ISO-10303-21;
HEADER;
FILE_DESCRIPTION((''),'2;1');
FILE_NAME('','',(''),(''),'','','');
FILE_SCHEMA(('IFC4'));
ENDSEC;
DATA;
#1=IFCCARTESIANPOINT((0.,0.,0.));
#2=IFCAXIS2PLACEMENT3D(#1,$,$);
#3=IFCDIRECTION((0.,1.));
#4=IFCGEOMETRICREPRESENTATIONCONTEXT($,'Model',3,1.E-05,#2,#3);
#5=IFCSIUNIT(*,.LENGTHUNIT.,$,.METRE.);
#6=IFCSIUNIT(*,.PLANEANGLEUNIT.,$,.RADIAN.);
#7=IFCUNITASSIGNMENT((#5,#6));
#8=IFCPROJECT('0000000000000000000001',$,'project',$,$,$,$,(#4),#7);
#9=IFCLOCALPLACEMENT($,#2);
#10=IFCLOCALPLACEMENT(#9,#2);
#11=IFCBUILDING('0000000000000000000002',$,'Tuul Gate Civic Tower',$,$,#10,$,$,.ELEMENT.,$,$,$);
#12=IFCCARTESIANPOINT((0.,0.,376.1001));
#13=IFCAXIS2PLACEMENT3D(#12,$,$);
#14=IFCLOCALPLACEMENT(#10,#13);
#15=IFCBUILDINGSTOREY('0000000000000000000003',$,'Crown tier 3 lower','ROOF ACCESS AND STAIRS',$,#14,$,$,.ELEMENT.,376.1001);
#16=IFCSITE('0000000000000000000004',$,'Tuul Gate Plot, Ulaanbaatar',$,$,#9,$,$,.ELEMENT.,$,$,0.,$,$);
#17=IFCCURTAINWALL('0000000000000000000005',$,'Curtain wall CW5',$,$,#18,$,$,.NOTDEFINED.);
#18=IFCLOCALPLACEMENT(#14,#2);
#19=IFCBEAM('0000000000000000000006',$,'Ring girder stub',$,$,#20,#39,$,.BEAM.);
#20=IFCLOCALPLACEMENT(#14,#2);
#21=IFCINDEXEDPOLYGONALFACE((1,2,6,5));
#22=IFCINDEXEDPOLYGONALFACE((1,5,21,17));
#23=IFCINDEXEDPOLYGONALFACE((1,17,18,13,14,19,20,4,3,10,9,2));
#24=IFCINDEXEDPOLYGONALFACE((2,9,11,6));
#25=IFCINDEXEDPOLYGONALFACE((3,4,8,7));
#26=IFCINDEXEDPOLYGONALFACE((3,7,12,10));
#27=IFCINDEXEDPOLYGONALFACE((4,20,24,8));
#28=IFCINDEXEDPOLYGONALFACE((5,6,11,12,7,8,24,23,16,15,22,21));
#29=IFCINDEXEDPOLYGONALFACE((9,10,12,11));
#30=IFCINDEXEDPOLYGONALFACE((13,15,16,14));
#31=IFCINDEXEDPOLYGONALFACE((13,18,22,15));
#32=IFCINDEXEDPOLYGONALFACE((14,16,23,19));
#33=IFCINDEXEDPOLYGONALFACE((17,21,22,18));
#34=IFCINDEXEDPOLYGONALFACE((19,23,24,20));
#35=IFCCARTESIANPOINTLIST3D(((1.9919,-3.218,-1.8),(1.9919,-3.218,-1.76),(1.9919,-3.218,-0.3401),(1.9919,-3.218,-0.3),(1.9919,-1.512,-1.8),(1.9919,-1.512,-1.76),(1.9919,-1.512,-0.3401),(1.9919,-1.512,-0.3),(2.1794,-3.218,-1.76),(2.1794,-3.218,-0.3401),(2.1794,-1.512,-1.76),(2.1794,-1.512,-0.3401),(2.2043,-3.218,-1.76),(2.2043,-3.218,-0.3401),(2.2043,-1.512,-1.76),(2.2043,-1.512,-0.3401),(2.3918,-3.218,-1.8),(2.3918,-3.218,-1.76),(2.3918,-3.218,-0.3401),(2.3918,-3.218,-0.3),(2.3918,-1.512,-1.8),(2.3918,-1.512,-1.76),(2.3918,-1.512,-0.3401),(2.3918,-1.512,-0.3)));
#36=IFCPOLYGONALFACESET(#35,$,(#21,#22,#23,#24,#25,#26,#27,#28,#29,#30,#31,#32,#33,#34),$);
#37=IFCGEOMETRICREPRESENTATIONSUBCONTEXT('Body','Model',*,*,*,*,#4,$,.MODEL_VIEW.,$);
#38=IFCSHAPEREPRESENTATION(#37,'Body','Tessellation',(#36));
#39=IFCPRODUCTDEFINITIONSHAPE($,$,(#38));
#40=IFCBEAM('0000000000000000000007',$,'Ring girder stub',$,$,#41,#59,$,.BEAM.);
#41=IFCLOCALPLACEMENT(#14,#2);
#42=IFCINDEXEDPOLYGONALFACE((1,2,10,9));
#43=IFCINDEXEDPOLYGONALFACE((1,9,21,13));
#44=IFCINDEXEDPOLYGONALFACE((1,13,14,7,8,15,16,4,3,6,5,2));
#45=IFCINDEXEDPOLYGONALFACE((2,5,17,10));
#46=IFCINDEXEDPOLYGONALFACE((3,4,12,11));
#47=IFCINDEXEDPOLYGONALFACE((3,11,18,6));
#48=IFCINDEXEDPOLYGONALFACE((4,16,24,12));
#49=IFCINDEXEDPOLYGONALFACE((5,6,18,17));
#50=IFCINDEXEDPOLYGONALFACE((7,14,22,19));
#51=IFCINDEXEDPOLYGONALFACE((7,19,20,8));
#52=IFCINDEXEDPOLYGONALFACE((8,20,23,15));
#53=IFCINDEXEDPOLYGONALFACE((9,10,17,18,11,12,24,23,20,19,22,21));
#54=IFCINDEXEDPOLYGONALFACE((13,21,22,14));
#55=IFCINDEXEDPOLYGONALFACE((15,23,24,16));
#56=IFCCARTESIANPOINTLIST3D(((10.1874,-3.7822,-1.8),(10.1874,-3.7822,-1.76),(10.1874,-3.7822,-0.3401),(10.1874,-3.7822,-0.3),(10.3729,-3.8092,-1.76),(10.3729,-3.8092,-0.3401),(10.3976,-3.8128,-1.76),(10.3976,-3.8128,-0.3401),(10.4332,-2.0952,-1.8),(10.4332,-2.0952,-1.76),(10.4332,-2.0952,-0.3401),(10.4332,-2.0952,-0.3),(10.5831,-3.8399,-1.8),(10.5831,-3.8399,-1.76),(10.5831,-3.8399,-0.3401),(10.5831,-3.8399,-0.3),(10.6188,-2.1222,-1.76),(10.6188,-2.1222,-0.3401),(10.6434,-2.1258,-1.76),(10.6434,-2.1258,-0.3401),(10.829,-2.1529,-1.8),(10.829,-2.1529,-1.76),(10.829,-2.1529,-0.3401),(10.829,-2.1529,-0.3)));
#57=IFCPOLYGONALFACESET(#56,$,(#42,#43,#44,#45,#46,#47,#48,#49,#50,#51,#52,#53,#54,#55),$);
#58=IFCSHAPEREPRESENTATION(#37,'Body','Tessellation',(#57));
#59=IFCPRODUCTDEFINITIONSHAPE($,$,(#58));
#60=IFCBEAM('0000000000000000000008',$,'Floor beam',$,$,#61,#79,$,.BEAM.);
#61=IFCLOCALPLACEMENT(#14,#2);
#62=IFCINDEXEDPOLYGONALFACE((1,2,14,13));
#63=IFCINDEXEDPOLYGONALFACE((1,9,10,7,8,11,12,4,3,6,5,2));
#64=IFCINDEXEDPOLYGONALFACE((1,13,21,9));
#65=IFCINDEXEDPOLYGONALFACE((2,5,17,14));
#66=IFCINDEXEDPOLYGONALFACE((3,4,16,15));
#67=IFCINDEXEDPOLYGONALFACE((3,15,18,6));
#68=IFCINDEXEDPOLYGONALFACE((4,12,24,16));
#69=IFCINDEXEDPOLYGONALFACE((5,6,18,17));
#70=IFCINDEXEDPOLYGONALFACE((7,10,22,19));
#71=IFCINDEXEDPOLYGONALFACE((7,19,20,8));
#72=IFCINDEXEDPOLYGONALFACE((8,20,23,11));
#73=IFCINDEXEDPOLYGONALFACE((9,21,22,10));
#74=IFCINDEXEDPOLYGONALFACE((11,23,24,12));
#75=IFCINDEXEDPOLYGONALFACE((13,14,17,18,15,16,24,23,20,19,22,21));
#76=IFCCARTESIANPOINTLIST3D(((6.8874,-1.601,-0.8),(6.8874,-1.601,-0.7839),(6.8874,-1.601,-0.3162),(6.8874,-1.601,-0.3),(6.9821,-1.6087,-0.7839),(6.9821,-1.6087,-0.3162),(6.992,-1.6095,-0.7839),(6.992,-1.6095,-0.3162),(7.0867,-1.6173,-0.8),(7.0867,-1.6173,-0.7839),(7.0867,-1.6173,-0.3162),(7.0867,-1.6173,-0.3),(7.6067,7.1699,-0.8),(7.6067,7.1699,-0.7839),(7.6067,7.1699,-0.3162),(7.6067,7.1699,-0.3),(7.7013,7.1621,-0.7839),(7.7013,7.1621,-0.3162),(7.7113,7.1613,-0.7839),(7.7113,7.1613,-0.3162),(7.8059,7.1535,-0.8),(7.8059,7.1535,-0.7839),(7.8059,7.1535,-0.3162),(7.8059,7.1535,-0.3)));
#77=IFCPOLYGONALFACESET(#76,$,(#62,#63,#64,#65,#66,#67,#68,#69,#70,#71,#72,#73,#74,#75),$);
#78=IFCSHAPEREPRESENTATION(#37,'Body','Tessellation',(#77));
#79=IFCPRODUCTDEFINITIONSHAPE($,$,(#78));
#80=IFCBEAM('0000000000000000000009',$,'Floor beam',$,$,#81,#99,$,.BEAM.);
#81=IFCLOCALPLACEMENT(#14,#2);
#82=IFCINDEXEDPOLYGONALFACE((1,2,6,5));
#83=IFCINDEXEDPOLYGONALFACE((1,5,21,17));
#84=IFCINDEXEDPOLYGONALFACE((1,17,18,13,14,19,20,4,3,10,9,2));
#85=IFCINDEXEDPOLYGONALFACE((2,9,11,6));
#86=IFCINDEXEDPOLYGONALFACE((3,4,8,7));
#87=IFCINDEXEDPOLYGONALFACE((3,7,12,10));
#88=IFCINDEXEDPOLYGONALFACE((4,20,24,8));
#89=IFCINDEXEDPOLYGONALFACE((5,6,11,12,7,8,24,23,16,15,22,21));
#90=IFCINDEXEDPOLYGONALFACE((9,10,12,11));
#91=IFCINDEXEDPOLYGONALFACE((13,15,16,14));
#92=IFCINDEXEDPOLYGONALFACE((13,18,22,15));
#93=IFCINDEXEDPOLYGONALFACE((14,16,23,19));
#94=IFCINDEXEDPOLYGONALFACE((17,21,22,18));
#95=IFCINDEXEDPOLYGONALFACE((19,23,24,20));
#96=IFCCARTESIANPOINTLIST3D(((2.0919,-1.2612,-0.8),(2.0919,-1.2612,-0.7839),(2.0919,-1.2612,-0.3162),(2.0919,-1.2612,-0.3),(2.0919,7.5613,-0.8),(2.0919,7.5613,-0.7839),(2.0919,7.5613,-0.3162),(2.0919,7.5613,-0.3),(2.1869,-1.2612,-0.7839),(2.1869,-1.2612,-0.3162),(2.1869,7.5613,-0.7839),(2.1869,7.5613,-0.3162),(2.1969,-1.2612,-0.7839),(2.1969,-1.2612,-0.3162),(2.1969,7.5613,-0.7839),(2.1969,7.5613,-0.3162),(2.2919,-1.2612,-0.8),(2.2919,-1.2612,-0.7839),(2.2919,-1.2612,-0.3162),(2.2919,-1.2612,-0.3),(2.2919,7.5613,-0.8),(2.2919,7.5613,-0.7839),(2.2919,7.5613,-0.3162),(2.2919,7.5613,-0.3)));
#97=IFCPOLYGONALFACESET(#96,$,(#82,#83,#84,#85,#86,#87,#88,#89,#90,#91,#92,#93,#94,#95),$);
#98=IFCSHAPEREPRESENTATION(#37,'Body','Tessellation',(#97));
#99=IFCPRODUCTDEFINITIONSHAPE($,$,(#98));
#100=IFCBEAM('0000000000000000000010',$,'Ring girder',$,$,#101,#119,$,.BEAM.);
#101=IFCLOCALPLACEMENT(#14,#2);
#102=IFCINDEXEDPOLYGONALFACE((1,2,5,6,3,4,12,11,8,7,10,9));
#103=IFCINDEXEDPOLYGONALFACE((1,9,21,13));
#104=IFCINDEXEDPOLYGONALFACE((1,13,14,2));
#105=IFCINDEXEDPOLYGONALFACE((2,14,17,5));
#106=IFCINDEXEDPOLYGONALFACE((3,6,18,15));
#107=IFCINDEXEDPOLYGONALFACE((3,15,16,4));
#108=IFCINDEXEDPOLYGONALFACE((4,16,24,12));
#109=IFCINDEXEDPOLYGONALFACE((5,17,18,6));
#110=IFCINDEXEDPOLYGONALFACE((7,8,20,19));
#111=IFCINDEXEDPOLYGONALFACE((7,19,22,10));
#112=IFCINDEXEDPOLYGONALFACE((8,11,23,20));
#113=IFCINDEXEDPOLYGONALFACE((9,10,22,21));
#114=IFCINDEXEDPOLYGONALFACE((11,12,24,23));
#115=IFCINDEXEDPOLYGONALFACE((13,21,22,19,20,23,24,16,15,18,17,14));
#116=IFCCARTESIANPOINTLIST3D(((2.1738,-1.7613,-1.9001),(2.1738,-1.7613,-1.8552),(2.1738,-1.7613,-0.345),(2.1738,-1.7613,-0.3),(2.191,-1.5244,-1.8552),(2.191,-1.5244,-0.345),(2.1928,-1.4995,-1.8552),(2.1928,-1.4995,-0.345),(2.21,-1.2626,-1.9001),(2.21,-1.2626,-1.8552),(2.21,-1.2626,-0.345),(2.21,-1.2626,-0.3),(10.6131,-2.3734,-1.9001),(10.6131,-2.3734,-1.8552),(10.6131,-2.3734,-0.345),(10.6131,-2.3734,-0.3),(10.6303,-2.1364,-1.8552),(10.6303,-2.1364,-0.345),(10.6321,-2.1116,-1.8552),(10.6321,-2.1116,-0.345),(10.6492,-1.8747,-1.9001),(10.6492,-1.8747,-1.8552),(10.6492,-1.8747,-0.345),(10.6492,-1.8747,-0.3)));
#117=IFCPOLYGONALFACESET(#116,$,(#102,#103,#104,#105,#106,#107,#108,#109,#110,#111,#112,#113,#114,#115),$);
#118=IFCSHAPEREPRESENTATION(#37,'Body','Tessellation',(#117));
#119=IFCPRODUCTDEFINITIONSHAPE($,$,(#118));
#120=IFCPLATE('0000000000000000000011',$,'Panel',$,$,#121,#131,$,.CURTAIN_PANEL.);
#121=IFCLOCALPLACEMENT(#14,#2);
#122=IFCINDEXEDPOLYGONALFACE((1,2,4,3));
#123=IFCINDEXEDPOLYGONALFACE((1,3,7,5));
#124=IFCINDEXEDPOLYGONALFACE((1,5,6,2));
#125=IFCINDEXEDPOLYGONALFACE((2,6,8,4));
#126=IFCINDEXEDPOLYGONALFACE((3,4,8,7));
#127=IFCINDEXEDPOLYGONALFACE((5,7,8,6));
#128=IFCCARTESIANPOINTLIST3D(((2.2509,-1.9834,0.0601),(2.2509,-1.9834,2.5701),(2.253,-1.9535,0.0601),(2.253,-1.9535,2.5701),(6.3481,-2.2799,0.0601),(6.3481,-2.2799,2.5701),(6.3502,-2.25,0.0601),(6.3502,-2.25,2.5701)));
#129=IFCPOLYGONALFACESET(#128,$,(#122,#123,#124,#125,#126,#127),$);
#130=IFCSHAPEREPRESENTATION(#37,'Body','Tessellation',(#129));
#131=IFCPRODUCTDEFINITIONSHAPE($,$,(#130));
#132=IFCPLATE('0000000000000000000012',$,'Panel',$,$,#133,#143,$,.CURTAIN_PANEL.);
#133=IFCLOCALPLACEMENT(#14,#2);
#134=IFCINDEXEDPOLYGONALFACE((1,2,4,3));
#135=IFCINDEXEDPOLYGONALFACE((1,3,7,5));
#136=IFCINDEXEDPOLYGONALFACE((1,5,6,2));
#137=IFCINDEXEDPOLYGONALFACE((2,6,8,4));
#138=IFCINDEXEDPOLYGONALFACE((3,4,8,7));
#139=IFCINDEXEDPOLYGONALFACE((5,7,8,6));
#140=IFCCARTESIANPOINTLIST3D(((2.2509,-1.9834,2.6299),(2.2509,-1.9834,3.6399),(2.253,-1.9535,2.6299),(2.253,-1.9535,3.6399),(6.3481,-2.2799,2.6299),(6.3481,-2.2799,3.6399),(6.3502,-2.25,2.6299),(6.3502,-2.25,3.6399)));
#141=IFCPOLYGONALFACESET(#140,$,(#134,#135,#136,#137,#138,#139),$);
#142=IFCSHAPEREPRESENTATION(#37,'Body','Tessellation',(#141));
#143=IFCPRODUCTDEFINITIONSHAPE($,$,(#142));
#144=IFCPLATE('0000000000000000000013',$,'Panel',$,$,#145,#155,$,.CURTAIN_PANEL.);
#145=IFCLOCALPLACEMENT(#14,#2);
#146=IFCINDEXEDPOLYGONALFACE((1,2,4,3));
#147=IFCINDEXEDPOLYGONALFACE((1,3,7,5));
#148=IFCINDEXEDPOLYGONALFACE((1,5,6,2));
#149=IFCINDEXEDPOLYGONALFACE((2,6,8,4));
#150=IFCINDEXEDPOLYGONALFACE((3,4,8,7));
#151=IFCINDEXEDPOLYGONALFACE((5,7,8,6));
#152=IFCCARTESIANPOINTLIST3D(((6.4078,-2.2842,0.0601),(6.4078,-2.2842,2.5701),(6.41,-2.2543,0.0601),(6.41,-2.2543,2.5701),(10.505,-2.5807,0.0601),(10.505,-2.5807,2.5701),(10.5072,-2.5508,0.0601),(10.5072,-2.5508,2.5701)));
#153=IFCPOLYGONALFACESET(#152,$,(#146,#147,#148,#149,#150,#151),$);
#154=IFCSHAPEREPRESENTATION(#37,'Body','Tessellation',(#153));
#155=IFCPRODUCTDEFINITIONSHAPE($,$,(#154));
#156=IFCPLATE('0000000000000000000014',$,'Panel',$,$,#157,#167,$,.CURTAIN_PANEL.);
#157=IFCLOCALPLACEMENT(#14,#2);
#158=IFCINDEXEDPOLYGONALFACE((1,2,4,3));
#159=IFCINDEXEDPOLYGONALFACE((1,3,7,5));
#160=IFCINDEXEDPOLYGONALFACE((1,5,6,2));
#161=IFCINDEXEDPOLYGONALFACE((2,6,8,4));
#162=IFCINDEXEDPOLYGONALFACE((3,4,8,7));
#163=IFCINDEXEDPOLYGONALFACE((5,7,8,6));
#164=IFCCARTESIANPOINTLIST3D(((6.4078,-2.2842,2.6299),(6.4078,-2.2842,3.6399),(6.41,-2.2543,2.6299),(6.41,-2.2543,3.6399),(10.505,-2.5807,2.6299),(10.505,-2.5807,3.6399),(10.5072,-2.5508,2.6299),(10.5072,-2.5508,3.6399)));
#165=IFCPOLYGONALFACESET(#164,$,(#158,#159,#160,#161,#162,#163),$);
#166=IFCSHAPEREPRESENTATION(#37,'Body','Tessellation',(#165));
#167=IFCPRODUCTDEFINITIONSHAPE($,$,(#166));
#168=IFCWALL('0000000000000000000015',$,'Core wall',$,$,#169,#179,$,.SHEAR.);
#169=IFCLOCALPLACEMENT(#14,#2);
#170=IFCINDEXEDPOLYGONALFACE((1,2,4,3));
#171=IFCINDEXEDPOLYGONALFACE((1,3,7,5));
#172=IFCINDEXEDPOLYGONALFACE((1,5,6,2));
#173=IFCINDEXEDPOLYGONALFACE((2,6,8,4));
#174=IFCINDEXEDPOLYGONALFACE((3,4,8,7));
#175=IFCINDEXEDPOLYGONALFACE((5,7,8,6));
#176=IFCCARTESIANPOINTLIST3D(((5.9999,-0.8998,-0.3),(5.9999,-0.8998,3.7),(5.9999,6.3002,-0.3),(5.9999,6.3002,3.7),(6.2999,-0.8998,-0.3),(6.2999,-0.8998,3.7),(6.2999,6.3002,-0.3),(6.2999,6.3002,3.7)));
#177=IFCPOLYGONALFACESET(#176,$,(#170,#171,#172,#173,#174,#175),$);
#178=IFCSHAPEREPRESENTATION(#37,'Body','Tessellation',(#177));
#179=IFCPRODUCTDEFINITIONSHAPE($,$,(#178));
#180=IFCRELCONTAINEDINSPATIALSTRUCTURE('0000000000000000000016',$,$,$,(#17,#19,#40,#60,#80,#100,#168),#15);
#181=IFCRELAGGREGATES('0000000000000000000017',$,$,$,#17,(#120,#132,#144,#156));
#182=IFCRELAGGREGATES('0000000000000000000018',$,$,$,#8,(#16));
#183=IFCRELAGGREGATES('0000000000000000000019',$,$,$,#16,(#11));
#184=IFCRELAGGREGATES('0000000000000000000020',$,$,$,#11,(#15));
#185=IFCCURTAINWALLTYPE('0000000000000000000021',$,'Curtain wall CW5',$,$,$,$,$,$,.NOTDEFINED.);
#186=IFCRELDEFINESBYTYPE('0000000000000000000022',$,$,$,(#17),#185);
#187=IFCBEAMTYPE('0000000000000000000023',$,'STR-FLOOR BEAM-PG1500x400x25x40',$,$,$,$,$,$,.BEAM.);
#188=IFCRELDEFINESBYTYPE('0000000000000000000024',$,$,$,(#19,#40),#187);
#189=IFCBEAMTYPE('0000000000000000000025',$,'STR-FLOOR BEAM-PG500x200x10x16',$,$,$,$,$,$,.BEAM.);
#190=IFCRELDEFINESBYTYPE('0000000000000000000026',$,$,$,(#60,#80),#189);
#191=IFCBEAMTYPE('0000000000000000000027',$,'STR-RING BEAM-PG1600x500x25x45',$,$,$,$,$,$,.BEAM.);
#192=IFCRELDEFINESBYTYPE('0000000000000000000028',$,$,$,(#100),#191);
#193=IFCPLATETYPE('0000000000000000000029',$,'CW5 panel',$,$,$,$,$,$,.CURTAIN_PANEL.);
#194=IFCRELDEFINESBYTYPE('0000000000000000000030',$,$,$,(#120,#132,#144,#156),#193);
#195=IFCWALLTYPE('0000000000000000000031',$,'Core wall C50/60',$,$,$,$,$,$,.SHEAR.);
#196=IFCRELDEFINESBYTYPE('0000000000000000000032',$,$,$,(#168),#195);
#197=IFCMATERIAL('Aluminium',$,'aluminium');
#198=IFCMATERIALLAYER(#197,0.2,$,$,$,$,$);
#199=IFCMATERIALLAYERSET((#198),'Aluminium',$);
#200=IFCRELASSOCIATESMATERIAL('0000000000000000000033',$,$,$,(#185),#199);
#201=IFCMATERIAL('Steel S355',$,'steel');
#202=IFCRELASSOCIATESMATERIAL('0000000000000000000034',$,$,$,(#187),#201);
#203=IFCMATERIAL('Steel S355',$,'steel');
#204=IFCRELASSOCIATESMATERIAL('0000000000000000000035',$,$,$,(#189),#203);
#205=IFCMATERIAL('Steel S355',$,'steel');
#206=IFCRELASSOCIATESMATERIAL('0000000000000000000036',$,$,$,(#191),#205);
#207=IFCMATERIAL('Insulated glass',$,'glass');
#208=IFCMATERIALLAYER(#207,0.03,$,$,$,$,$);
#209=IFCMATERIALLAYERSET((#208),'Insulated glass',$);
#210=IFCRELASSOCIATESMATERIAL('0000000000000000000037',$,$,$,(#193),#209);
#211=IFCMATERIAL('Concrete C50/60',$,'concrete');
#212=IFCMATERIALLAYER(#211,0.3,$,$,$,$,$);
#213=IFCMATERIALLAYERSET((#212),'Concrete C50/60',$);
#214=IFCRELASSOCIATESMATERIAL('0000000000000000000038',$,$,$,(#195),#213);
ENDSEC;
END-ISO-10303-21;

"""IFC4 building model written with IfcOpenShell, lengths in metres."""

from ifc_helpers import new_model, si_unit, direction, frame, frame_2d, origin, origin_2d, place, context, subcontext, project, spatial, rectangle, i_section, extrude, material, layer, layer_set, material_profile, profile_set, type_object, element, aggregate, save


model = new_model("IFC4")

# Units and contexts
model_context = context("Model", 3, precision=1e-05, world=origin(), true_north=direction((0.0, 1.0)))
body_context = subcontext(model_context, "Body", "Model", "MODEL_VIEW")
ifc_project = project(units=[si_unit("LENGTHUNIT", "METRE"), si_unit("PLANEANGLEUNIT", "RADIAN")], contexts=[model_context])

# Site, building, storey
site_placement = place(None, origin())
site = spatial("IfcSite", under=ifc_project, at=site_placement, Name="Tuul Gate Plot, Ulaanbaatar", CompositionType="ELEMENT", RefElevation=0.0)
building_placement = place(site_placement, origin())
building = spatial("IfcBuilding", under=site, at=building_placement, Name="Tuul Gate Civic Tower", CompositionType="ELEMENT")
storey_placement = place(building_placement, frame((0.0, 0.0, 376.1001)))
storey = spatial("IfcBuildingStorey", under=building, at=storey_placement, Name="Crown tier 3 lower", Description="ROOF ACCESS AND STAIRS", CompositionType="ELEMENT", Elevation=376.1001)

# Shared definitions
ifc_material_1 = material(Name="Aluminium", Category="aluminium")
ifc_layer_1 = layer(ifc_material_1, 0.2)
ifc_layer_set_1 = layer_set([ifc_layer_1], Name="Aluminium")
curtain_wall_type = type_object("IfcCurtainWallType", Name="Curtain wall CW5", PredefinedType="NOTDEFINED", material=ifc_layer_set_1)

# Curtain wall
curtain_wall_1_placement = place(storey_placement, origin())
curtain_wall_1 = element("IfcCurtainWall", 1, at=curtain_wall_1_placement, inside=storey, type_object=curtain_wall_type, Name="Curtain wall CW5", PredefinedType="NOTDEFINED")

# Beams
ifc_material_2 = material(Name="Steel S355", Category="steel")
ifc_material_profile_1 = material_profile(ifc_material_2, i_section(OverallWidth=0.3999, OverallDepth=1.5, WebThickness=0.0249, FlangeThickness=0.04, at=origin_2d()), Name="PG1500x400x25x40")
ifc_profile_set_1 = profile_set([ifc_material_profile_1], Name="Steel S355")
beam_type_1 = type_object("IfcBeamType", Name="STR-FLOOR BEAM-PG1500x400x25x40", PredefinedType="BEAM", material=ifc_profile_set_1)
beam_1_placement = place(storey_placement, frame((2.1919, -3.218, -1.05), z_axis=(0.0, 1.0, 0.0), x_axis=(-1.0, 0.0, 0.0)))
element("IfcBeam", 2, at=beam_1_placement, inside=storey, type_object=beam_type_1, Name="Ring girder stub", PredefinedType="BEAM", context=body_context, shape_type="SweptSolid", body=[
    extrude(i_section(OverallWidth=0.3999, OverallDepth=1.5, WebThickness=0.0249, FlangeThickness=0.04, at=origin_2d()), origin(), (0.0, 0.0, 1.0), 1.7061),
])
beam_2_placement = place(storey_placement, frame((10.3853, -3.811, -1.05), z_axis=(0.144208, 0.989547, 0.0), x_axis=(-0.989547, 0.144208, 0.0)))
element("IfcBeam", 3, at=beam_2_placement, inside=storey, type_object=beam_type_1, Name="Ring girder stub", PredefinedType="BEAM", context=body_context, shape_type="SweptSolid", body=[
    extrude(i_section(OverallWidth=0.3999, OverallDepth=1.5, WebThickness=0.0249, FlangeThickness=0.04, at=origin_2d()), origin(), (0.0, 0.0, 1.0), 1.7048),
])
ifc_material_3 = material(Name="Steel S355", Category="steel")
ifc_material_profile_2 = material_profile(ifc_material_3, i_section(OverallWidth=0.2, OverallDepth=0.5, WebThickness=0.01, FlangeThickness=0.0161, at=origin_2d()), Name="PG500x200x10x16")
ifc_profile_set_2 = profile_set([ifc_material_profile_2], Name="Steel S355")
beam_type_2 = type_object("IfcBeamType", Name="STR-FLOOR BEAM-PG500x200x10x16", PredefinedType="BEAM", material=ifc_profile_set_2)
beam_3_placement = place(storey_placement, frame((6.9871, -1.6091, -0.55), z_axis=(0.08173, 0.996655, 0.0), x_axis=(-0.996655, 0.08173, 0.0)))
element("IfcBeam", 4, at=beam_3_placement, inside=storey, type_object=beam_type_2, Name="Floor beam", PredefinedType="BEAM", context=body_context, shape_type="SweptSolid", body=[
    extrude(i_section(OverallWidth=0.2, OverallDepth=0.5, WebThickness=0.01, FlangeThickness=0.0161, at=origin_2d()), origin(), (0.0, 0.0, 1.0), 8.8003),
])
beam_4_placement = place(storey_placement, frame((2.1919, -1.2612, -0.55), z_axis=(0.0, 1.0, 0.0), x_axis=(-1.0, 0.0, 0.0)))
element("IfcBeam", 5, at=beam_4_placement, inside=storey, type_object=beam_type_2, Name="Floor beam", PredefinedType="BEAM", context=body_context, shape_type="SweptSolid", body=[
    extrude(i_section(OverallWidth=0.2, OverallDepth=0.5, WebThickness=0.01, FlangeThickness=0.0161, at=origin_2d()), origin(), (0.0, 0.0, 1.0), 8.8225),
])
ifc_material_4 = material(Name="Steel S355", Category="steel")
ifc_material_profile_3 = material_profile(ifc_material_4, i_section(OverallWidth=0.5, OverallDepth=1.6001, WebThickness=0.0249, FlangeThickness=0.0449, at=origin_2d()), Name="PG1600x500x25x45")
ifc_profile_set_3 = profile_set([ifc_material_profile_3], Name="Steel S355")
beam_type_3 = type_object("IfcBeamType", Name="STR-RING BEAM-PG1600x500x25x45", PredefinedType="BEAM", material=ifc_profile_set_3)
beam_5_placement = place(storey_placement, frame((2.1919, -1.512, -1.1001), z_axis=(0.99738, -0.072336, 0.0), x_axis=(0.072336, 0.99738, 0.0)))
element("IfcBeam", 6, at=beam_5_placement, inside=storey, type_object=beam_type_3, Name="Ring girder", PredefinedType="BEAM", context=body_context, shape_type="SweptSolid", body=[
    extrude(i_section(OverallWidth=0.5, OverallDepth=1.6001, WebThickness=0.0249, FlangeThickness=0.0449, at=origin_2d()), origin(), (0.0, 0.0, 1.0), 8.4614),
])

# Plates
ifc_material_5 = material(Name="Insulated glass", Category="glass")
ifc_layer_2 = layer(ifc_material_5, 0.03)
ifc_layer_set_2 = layer_set([ifc_layer_2], Name="Insulated glass")
plate_type = type_object("IfcPlateType", Name="CW5 panel", PredefinedType="CURTAIN_PANEL", material=ifc_layer_set_2)
plate_1_placement = place(storey_placement, frame((4.3005, -2.1167, 0.0601), z_axis=(0.0, 0.0, 1.0), x_axis=(0.997392, -0.072178, 0.0)))
plate_1 = element("IfcPlate", 7, at=plate_1_placement, type_object=plate_type, Name="Panel", PredefinedType="CURTAIN_PANEL", context=body_context, shape_type="SweptSolid", body=[
    extrude(rectangle(XDim=4.1079, YDim=0.03, at=origin_2d()), origin(), (0.0, 0.0, 1.0), 2.51),
])
plate_2_placement = place(storey_placement, frame((4.3005, -2.1167, 2.6299), z_axis=(0.0, 0.0, 1.0), x_axis=(0.997392, -0.072178, 0.0)))
plate_2 = element("IfcPlate", 8, at=plate_2_placement, type_object=plate_type, Name="Panel", PredefinedType="CURTAIN_PANEL", context=body_context, shape_type="SweptSolid", body=[
    extrude(rectangle(XDim=4.1079, YDim=0.03, at=origin_2d()), origin(), (0.0, 0.0, 1.0), 1.01),
])
plate_3_placement = place(storey_placement, frame((8.4575, -2.4175, 0.0601), z_axis=(0.0, 0.0, 1.0), x_axis=(0.997392, -0.072178, 0.0)))
plate_3 = element("IfcPlate", 9, at=plate_3_placement, type_object=plate_type, Name="Panel", PredefinedType="CURTAIN_PANEL", context=body_context, shape_type="SweptSolid", body=[
    extrude(rectangle(XDim=4.1079, YDim=0.03, at=origin_2d()), origin(), (0.0, 0.0, 1.0), 2.51),
])
plate_4_placement = place(storey_placement, frame((8.4575, -2.4175, 2.6299), z_axis=(0.0, 0.0, 1.0), x_axis=(0.997392, -0.072178, 0.0)))
plate_4 = element("IfcPlate", 10, at=plate_4_placement, type_object=plate_type, Name="Panel", PredefinedType="CURTAIN_PANEL", context=body_context, shape_type="SweptSolid", body=[
    extrude(rectangle(XDim=4.1079, YDim=0.03, at=origin_2d()), origin(), (0.0, 0.0, 1.0), 1.01),
])
aggregate(curtain_wall_1, [plate_1, plate_2, plate_3, plate_4])

# Wall
ifc_material_6 = material(Name="Concrete C50/60", Category="concrete")
ifc_layer_3 = layer(ifc_material_6, 0.3)
ifc_layer_set_3 = layer_set([ifc_layer_3], Name="Concrete C50/60")
wall_type_1 = type_object("IfcWallType", Name="Core wall C50/60", PredefinedType="SHEAR", material=ifc_layer_set_3)
wall_1_placement = place(storey_placement, frame((6.1499, -0.8999, -0.3), z_axis=(0.0, 0.0, 1.0), x_axis=(0.0, 1.0, 0.0)))
element("IfcWall", 11, at=wall_1_placement, inside=storey, type_object=wall_type_1, Name="Core wall", PredefinedType="SHEAR", context=body_context, shape_type="SweptSolid", body=[
    extrude(rectangle(XDim=7.2, YDim=0.3, at=frame_2d((3.6001, 0.0))), origin(), (0.0, 0.0, 1.0), 4.0),
])

save(model, "model.ifc")
